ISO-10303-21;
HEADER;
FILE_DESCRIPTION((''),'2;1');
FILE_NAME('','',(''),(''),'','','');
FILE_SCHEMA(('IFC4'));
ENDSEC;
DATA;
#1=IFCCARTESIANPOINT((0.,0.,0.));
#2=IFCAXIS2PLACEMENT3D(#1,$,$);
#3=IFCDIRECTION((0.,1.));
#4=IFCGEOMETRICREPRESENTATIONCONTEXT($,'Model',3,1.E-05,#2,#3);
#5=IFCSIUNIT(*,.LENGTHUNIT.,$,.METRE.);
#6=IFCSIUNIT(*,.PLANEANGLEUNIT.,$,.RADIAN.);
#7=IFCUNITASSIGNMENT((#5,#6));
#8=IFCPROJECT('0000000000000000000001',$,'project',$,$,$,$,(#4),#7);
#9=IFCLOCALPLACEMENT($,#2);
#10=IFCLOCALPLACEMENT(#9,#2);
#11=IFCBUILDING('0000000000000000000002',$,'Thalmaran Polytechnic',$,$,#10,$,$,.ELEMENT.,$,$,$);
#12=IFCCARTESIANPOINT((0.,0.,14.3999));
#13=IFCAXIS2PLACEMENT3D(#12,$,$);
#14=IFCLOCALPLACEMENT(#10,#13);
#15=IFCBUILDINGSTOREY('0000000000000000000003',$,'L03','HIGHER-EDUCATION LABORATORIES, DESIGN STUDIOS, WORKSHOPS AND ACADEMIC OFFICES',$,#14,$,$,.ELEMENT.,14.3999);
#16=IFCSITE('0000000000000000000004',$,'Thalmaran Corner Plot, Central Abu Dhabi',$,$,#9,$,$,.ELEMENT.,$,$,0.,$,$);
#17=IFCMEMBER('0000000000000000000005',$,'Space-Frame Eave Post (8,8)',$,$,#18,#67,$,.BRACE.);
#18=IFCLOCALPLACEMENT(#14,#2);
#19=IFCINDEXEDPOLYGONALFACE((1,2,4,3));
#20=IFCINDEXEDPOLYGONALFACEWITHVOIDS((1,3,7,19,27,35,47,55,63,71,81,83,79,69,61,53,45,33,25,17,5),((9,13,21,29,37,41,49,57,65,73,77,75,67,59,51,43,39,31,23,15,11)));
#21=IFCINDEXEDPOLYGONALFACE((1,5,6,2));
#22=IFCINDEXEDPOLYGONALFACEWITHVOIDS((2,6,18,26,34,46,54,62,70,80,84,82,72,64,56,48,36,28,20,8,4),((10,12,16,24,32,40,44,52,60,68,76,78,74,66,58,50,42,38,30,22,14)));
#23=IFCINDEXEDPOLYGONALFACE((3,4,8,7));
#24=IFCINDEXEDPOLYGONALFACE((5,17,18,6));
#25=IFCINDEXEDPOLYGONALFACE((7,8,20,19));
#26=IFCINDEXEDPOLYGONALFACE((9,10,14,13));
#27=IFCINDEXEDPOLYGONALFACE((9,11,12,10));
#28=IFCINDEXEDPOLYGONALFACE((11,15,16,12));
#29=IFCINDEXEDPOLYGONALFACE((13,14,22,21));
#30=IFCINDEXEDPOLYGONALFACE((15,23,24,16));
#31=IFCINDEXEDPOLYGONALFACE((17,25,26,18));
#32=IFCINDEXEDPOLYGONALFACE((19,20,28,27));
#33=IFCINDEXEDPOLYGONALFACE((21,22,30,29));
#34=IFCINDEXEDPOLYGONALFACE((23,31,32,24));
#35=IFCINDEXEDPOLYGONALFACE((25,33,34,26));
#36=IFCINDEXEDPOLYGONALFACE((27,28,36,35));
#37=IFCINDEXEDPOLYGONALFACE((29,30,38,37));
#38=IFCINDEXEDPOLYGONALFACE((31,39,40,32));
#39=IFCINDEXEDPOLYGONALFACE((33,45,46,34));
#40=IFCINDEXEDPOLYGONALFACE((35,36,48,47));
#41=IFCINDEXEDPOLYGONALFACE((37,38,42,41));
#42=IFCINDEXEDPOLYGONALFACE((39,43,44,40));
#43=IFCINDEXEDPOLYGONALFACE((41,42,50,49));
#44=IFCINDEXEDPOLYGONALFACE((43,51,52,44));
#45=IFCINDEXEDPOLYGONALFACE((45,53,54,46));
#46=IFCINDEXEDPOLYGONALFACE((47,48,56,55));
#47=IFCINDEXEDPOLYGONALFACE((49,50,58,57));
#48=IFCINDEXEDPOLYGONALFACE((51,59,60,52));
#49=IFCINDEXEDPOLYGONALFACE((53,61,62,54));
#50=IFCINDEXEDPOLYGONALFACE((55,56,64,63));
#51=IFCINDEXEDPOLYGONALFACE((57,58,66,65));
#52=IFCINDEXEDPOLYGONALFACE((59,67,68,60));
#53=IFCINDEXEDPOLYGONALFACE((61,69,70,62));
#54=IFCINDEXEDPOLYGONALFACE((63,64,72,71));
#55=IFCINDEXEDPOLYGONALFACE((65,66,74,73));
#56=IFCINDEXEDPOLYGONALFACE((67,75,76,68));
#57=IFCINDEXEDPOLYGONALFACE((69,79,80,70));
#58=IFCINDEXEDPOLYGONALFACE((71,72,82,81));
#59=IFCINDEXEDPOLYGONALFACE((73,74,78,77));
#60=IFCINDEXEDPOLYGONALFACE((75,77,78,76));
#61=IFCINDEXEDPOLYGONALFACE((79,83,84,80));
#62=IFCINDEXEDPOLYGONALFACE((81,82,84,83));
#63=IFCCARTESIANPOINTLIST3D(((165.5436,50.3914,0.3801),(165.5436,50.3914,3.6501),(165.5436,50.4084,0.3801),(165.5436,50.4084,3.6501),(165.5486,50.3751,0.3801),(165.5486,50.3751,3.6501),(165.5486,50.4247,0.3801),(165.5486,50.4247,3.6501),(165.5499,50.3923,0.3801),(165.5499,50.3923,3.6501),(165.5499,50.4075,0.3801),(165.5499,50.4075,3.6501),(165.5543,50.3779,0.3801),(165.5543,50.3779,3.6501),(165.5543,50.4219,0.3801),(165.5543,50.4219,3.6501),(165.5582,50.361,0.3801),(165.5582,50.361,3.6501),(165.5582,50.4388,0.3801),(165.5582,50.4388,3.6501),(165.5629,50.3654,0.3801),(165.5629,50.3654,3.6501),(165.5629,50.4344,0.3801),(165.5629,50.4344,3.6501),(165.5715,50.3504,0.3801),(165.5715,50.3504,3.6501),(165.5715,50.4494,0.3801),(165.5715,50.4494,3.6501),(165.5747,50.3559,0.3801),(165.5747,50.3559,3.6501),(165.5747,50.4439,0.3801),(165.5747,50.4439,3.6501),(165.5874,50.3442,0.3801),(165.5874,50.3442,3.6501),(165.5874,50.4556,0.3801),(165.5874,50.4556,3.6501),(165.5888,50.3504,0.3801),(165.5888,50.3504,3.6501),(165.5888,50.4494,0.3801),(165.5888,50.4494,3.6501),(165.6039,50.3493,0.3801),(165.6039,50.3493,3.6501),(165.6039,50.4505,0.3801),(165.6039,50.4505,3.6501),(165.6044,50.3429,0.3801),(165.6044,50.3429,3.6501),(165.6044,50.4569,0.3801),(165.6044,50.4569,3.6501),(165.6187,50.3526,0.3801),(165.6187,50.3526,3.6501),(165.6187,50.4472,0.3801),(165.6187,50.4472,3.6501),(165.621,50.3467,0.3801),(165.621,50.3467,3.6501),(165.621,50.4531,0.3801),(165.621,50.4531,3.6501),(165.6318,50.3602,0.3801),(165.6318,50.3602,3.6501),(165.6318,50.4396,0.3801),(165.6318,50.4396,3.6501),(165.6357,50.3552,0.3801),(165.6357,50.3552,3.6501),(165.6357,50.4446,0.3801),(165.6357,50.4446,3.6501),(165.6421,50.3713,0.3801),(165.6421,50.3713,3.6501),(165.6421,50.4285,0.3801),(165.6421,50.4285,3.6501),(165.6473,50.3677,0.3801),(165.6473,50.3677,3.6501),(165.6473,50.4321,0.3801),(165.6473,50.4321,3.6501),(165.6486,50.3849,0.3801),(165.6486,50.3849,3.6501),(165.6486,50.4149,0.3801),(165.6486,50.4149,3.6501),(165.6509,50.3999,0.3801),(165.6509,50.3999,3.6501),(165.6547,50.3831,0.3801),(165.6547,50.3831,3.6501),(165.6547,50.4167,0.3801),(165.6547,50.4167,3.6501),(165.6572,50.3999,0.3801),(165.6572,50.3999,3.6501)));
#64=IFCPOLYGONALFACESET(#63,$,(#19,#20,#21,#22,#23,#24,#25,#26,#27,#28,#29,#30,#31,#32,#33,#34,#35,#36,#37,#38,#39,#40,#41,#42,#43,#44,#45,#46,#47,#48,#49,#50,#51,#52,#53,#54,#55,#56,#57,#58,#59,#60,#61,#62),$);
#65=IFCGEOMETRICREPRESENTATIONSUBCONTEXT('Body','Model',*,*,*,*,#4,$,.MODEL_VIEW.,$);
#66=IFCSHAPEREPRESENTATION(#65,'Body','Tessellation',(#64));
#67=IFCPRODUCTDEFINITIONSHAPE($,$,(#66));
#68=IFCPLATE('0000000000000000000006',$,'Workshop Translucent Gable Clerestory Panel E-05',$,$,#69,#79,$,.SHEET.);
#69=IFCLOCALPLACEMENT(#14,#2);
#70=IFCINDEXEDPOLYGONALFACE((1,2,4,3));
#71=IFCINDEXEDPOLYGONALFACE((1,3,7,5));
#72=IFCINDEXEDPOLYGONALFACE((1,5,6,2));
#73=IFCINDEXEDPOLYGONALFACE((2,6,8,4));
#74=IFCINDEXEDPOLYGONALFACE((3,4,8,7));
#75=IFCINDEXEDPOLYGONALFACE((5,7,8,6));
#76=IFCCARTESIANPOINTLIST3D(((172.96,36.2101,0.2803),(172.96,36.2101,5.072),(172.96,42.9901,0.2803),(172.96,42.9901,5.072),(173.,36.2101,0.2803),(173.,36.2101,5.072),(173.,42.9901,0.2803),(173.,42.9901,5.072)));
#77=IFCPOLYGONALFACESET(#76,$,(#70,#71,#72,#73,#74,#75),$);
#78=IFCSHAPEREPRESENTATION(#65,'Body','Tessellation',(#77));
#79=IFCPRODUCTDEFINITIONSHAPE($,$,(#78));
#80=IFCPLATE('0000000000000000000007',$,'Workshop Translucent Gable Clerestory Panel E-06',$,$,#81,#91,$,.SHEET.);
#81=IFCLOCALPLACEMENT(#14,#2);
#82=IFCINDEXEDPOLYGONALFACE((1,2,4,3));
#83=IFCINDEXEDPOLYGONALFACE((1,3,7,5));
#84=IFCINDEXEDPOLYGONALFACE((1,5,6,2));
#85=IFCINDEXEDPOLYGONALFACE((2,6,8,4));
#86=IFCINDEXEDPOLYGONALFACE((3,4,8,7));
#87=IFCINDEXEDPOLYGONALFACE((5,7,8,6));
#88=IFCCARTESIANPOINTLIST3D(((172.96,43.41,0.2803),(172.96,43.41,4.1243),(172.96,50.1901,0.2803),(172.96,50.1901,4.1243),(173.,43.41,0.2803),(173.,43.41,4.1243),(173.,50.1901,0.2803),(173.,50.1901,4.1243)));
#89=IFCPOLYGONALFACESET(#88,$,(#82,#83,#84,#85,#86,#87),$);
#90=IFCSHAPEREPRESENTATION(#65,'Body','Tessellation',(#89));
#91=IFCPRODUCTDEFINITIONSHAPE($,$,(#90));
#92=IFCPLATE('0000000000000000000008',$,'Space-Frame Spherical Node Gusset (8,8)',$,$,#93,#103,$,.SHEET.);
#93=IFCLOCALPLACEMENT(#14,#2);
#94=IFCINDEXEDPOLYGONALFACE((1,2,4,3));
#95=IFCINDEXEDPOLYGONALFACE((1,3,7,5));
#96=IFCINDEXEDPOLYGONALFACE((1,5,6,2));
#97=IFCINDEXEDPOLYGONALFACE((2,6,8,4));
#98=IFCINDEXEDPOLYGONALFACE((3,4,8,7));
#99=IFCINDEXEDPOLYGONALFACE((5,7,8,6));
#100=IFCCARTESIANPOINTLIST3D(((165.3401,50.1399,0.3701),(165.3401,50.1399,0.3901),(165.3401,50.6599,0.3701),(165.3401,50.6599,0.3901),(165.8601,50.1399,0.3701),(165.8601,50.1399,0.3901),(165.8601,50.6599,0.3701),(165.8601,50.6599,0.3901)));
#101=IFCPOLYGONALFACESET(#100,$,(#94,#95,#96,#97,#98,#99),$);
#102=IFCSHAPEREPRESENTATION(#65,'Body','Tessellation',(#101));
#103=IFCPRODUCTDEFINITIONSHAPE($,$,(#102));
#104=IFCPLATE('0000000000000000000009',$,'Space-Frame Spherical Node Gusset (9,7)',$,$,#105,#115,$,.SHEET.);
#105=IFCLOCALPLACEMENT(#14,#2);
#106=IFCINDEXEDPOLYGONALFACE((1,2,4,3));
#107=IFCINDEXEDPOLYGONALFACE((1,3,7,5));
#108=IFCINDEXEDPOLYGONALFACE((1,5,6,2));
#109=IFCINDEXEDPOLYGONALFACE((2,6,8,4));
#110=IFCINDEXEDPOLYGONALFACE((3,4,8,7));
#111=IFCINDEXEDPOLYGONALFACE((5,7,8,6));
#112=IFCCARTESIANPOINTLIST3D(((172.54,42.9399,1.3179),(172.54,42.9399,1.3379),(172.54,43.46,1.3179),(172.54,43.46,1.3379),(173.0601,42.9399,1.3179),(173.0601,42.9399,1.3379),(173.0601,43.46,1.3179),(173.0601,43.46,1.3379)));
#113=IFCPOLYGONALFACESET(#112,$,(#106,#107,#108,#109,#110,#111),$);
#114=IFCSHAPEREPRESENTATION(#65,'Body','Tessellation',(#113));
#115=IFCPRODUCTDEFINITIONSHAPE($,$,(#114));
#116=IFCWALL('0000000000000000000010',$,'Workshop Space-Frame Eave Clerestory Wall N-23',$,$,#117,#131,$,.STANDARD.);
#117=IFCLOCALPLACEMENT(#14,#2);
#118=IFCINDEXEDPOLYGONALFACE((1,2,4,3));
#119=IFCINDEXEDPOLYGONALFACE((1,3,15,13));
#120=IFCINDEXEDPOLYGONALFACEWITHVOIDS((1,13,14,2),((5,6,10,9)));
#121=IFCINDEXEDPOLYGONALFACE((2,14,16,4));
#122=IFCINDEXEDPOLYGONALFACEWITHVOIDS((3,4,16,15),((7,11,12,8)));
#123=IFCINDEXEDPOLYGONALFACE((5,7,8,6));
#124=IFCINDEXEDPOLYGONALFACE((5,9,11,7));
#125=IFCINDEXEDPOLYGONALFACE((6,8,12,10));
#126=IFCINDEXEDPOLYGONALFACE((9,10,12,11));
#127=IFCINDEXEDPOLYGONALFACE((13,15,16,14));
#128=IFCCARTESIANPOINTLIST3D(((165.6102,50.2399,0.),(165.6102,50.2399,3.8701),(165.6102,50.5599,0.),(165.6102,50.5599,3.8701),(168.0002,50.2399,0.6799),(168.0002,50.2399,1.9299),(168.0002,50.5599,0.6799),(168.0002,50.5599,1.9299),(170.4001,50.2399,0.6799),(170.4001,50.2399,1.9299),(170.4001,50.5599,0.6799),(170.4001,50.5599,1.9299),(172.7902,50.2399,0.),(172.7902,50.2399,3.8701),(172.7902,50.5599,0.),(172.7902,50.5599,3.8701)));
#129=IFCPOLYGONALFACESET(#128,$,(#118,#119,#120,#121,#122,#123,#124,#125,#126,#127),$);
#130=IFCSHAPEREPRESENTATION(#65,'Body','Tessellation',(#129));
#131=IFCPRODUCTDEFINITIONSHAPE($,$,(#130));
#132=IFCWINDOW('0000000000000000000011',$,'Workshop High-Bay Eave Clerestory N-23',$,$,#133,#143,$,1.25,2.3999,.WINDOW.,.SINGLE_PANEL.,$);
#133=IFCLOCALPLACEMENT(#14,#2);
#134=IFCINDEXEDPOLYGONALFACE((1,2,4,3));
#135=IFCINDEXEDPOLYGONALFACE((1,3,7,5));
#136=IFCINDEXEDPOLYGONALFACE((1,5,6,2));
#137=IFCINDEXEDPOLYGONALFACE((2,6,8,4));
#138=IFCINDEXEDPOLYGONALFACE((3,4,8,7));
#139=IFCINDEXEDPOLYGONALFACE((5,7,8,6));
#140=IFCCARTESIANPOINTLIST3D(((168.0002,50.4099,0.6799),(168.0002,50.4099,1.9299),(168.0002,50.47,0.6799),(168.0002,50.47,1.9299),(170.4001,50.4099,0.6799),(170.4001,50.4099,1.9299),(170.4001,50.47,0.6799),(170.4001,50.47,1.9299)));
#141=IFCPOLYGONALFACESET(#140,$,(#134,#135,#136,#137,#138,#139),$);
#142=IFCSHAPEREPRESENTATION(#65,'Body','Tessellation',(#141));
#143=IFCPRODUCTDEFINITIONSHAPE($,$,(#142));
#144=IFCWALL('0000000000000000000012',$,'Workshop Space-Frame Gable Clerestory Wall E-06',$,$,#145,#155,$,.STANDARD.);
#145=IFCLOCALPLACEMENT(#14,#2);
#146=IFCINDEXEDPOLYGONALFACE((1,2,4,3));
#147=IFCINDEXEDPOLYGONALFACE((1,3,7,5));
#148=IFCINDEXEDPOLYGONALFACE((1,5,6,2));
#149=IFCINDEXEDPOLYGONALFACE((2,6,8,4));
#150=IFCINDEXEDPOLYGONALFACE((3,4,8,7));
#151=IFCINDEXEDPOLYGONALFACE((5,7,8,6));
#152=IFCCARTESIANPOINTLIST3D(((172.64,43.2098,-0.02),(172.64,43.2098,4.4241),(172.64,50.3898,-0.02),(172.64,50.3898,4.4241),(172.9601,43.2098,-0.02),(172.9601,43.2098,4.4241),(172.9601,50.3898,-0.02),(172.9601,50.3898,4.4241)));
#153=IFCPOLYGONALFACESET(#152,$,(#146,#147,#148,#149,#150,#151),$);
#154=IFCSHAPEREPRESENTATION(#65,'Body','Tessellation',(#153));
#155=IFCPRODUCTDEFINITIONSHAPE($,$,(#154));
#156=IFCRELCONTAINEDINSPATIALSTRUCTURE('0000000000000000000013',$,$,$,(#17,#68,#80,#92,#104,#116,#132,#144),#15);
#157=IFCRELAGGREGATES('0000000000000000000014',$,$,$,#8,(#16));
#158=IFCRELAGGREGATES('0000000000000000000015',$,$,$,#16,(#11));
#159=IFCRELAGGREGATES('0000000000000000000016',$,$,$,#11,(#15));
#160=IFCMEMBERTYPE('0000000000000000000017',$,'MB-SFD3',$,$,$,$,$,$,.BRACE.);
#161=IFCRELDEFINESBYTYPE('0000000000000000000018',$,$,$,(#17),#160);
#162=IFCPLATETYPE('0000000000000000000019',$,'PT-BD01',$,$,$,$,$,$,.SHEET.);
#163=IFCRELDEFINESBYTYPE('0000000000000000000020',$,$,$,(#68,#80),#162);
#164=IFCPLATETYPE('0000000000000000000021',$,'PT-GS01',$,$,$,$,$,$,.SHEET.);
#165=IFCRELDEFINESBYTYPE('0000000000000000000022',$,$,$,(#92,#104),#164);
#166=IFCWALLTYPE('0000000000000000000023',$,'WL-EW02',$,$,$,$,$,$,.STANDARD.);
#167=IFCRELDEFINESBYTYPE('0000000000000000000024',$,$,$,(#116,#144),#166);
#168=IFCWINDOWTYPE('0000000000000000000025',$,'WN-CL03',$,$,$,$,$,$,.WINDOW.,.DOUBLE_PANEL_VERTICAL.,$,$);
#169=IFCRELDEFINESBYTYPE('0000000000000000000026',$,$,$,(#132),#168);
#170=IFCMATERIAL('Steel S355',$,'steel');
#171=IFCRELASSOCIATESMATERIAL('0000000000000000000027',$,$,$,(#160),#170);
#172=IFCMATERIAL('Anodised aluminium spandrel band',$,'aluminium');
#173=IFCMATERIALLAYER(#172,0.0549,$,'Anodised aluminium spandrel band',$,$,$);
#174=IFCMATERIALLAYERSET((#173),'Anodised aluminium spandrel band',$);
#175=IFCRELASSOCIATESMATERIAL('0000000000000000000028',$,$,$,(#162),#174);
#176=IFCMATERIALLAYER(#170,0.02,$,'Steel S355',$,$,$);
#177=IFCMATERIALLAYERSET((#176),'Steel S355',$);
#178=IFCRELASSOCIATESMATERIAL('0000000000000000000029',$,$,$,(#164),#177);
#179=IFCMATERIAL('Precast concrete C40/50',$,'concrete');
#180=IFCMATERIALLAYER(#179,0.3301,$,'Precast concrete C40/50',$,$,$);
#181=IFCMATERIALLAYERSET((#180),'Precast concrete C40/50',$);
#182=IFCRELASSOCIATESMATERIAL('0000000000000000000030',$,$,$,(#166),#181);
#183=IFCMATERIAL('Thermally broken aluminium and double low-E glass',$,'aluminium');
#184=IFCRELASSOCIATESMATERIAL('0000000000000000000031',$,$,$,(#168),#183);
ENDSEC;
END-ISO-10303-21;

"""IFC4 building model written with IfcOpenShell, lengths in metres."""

from ifc_helpers import new_model, si_unit, direction, frame, frame_2d, origin, origin_2d, place, context, subcontext, project, spatial, rectangle, hollow_circle, extrude, material, layer, layer_set, material_profile, profile_set, type_object, element, fill, save


model = new_model("IFC4")

# Units and contexts
model_context = context("Model", 3, precision=1e-05, world=origin(), true_north=direction((0.0, 1.0)))
body_context = subcontext(model_context, "Body", "Model", "MODEL_VIEW")
ifc_project = project(units=[si_unit("LENGTHUNIT", "METRE"), si_unit("PLANEANGLEUNIT", "RADIAN")], contexts=[model_context])

# Site, building, storey
site_placement = place(None, origin())
site = spatial("IfcSite", under=ifc_project, at=site_placement, Name="Thalmaran Corner Plot, Central Abu Dhabi", CompositionType="ELEMENT", RefElevation=0.0)
building_placement = place(site_placement, origin())
building = spatial("IfcBuilding", under=site, at=building_placement, Name="Thalmaran Polytechnic", CompositionType="ELEMENT")
storey_placement = place(building_placement, frame((0.0, 0.0, 14.3999)))
storey = spatial("IfcBuildingStorey", under=building, at=storey_placement, Name="L03", Description="HIGHER-EDUCATION LABORATORIES, DESIGN STUDIOS, WORKSHOPS AND ACADEMIC OFFICES", CompositionType="ELEMENT", Elevation=14.3999)

# Shared definitions
ifc_material_1 = material(Name="Steel S355", Category="steel")

# Member
ifc_material_profile_1 = material_profile(ifc_material_1, hollow_circle(Radius=0.0571, WallThickness=0.0063, at=origin_2d()), Name="CHS 114.3x6.3")
ifc_profile_set_1 = profile_set([ifc_material_profile_1], Name="Steel S355")
member_type_1 = type_object("IfcMemberType", Name="MB-SFD3", PredefinedType="BRACE", material=ifc_profile_set_1)
member_1_placement = place(storey_placement, frame((165.6001, 50.3999, 0.3801), z_axis=(0.0, 0.0, 1.0), x_axis=(1.0, 0.0, 0.0)))
element("IfcMember", 1, at=member_1_placement, inside=storey, type_object=member_type_1, Name="Space-Frame Eave Post (8,8)", PredefinedType="BRACE", context=body_context, shape_type="SweptSolid", body=[
    extrude(hollow_circle(Radius=0.0571, WallThickness=0.0063, at=origin_2d()), origin(), (0.0, 0.0, 1.0), 3.27),
])

# Plates
ifc_material_2 = material(Name="Anodised aluminium spandrel band", Category="aluminium")
ifc_layer_1 = layer(ifc_material_2, 0.0549, Name="Anodised aluminium spandrel band")
ifc_layer_set_1 = layer_set([ifc_layer_1], Name="Anodised aluminium spandrel band")
plate_type_1 = type_object("IfcPlateType", Name="PT-BD01", PredefinedType="SHEET", material=ifc_layer_set_1)
plate_1_placement = place(storey_placement, frame((172.98, 39.6001, 0.2803), z_axis=(0.0, 0.0, 1.0), x_axis=(1.0, 0.0, 0.0)))
element("IfcPlate", 2, at=plate_1_placement, inside=storey, type_object=plate_type_1, Name="Workshop Translucent Gable Clerestory Panel E-05", PredefinedType="SHEET", context=body_context, shape_type="SweptSolid", body=[
    extrude(rectangle(XDim=0.04, YDim=6.78, at=origin_2d()), origin(), (0.0, 0.0, 1.0), 4.7917),
])
plate_2_placement = place(storey_placement, frame((172.98, 46.8, 0.2803), z_axis=(0.0, 0.0, 1.0), x_axis=(1.0, 0.0, 0.0)))
element("IfcPlate", 3, at=plate_2_placement, inside=storey, type_object=plate_type_1, Name="Workshop Translucent Gable Clerestory Panel E-06", PredefinedType="SHEET", context=body_context, shape_type="SweptSolid", body=[
    extrude(rectangle(XDim=0.04, YDim=6.78, at=origin_2d()), origin(), (0.0, 0.0, 1.0), 3.844),
])
ifc_layer_2 = layer(ifc_material_1, 0.02, Name="Steel S355")
ifc_layer_set_2 = layer_set([ifc_layer_2], Name="Steel S355")
plate_type_2 = type_object("IfcPlateType", Name="PT-GS01", PredefinedType="SHEET", material=ifc_layer_set_2)
for number, where, z_axis, x_axis, name in (
    (4, (165.6001, 50.3999, 0.3701), (0.0, 0.0, 1.0), (1.0, 0.0, 0.0), "Space-Frame Spherical Node Gusset (8,8)"),
    (5, (172.8, 43.2, 1.3179), (0.0, 0.0, 1.0), (1.0, 0.0, 0.0), "Space-Frame Spherical Node Gusset (9,7)"),
):
    element("IfcPlate", number, at=place(storey_placement, frame(where, z_axis=z_axis, x_axis=x_axis)), inside=storey, type_object=plate_type_2, Name=name, PredefinedType="SHEET", context=body_context, shape_type="SweptSolid", body=[
        extrude(rectangle(XDim=0.52, YDim=0.52, at=origin_2d()), origin(), (0.0, 0.0, 1.0), 0.02),
    ])

# Wall, opening, window
ifc_material_3 = material(Name="Precast concrete C40/50", Category="concrete")
ifc_layer_3 = layer(ifc_material_3, 0.3301, Name="Precast concrete C40/50")
ifc_layer_set_3 = layer_set([ifc_layer_3], Name="Precast concrete C40/50")
wall_type = type_object("IfcWallType", Name="WL-EW02", PredefinedType="STANDARD", material=ifc_layer_set_3)
wall_1_placement = place(storey_placement, frame((172.79, 50.3999, 0.0), z_axis=(0.0, 0.0, 1.0), x_axis=(-1.0, 0.0, 0.0)))
wall_1 = element("IfcWall", 6, at=wall_1_placement, inside=storey, type_object=wall_type, Name="Workshop Space-Frame Eave Clerestory Wall N-23", PredefinedType="STANDARD", context=body_context, shape_type="SweptSolid", body=[
    extrude(rectangle(XDim=7.1799, YDim=0.3201, at=frame_2d((3.5898, 0.0))), origin(), (0.0, 0.0, 1.0), 3.8701),
])
opening_placement = place(wall_1_placement, frame((2.3899, 0.0, 0.6799)))
opening = element("IfcOpeningElement", 7, at=opening_placement, cuts=wall_1, PredefinedType="OPENING", context=body_context, shape_type="SweptSolid", body=[
    extrude(rectangle(XDim=2.3999, YDim=1.25, at=frame_2d((1.2, 0.625))), frame((0.0, 0.1699, 0.0), z_axis=(0.0, -1.0, 0.0), x_axis=(1.0, 0.0, 0.0)), (0.0, 0.0, 1.0), 0.3401),
])
ifc_material_4 = material(Name="Thermally broken aluminium and double low-E glass", Category="aluminium")
window_type = type_object("IfcWindowType", Name="WN-CL03", PartitioningType="DOUBLE_PANEL_VERTICAL", PredefinedType="WINDOW", material=ifc_material_4)
window_placement = place(opening_placement, origin())
window = element("IfcWindow", 8, at=window_placement, inside=storey, type_object=window_type, Name="Workshop High-Bay Eave Clerestory N-23", OverallHeight=1.25, OverallWidth=2.3999, PartitioningType="SINGLE_PANEL", PredefinedType="WINDOW", context=body_context, shape_type="SweptSolid", body=[
    extrude(rectangle(XDim=2.3999, YDim=1.25, at=frame_2d((1.2, 0.625))), frame((0.0, -0.01, 0.0), z_axis=(0.0, -1.0, 0.0), x_axis=(1.0, 0.0, 0.0)), (0.0, 0.0, 1.0), 0.0601),
])
fill(opening, window)

# Wall
wall_2_placement = place(storey_placement, frame((172.8, 43.21, -0.02), z_axis=(0.0, 0.0, 1.0), x_axis=(0.0, 1.0, 0.0)))
element("IfcWall", 9, at=wall_2_placement, inside=storey, type_object=wall_type, Name="Workshop Space-Frame Gable Clerestory Wall E-06", PredefinedType="STANDARD", context=body_context, shape_type="SweptSolid", body=[
    extrude(rectangle(XDim=7.1799, YDim=0.3201, at=frame_2d((3.5898, 0.0))), origin(), (0.0, 0.0, 1.0), 4.4441),
])

save(model, "model.ifc")
